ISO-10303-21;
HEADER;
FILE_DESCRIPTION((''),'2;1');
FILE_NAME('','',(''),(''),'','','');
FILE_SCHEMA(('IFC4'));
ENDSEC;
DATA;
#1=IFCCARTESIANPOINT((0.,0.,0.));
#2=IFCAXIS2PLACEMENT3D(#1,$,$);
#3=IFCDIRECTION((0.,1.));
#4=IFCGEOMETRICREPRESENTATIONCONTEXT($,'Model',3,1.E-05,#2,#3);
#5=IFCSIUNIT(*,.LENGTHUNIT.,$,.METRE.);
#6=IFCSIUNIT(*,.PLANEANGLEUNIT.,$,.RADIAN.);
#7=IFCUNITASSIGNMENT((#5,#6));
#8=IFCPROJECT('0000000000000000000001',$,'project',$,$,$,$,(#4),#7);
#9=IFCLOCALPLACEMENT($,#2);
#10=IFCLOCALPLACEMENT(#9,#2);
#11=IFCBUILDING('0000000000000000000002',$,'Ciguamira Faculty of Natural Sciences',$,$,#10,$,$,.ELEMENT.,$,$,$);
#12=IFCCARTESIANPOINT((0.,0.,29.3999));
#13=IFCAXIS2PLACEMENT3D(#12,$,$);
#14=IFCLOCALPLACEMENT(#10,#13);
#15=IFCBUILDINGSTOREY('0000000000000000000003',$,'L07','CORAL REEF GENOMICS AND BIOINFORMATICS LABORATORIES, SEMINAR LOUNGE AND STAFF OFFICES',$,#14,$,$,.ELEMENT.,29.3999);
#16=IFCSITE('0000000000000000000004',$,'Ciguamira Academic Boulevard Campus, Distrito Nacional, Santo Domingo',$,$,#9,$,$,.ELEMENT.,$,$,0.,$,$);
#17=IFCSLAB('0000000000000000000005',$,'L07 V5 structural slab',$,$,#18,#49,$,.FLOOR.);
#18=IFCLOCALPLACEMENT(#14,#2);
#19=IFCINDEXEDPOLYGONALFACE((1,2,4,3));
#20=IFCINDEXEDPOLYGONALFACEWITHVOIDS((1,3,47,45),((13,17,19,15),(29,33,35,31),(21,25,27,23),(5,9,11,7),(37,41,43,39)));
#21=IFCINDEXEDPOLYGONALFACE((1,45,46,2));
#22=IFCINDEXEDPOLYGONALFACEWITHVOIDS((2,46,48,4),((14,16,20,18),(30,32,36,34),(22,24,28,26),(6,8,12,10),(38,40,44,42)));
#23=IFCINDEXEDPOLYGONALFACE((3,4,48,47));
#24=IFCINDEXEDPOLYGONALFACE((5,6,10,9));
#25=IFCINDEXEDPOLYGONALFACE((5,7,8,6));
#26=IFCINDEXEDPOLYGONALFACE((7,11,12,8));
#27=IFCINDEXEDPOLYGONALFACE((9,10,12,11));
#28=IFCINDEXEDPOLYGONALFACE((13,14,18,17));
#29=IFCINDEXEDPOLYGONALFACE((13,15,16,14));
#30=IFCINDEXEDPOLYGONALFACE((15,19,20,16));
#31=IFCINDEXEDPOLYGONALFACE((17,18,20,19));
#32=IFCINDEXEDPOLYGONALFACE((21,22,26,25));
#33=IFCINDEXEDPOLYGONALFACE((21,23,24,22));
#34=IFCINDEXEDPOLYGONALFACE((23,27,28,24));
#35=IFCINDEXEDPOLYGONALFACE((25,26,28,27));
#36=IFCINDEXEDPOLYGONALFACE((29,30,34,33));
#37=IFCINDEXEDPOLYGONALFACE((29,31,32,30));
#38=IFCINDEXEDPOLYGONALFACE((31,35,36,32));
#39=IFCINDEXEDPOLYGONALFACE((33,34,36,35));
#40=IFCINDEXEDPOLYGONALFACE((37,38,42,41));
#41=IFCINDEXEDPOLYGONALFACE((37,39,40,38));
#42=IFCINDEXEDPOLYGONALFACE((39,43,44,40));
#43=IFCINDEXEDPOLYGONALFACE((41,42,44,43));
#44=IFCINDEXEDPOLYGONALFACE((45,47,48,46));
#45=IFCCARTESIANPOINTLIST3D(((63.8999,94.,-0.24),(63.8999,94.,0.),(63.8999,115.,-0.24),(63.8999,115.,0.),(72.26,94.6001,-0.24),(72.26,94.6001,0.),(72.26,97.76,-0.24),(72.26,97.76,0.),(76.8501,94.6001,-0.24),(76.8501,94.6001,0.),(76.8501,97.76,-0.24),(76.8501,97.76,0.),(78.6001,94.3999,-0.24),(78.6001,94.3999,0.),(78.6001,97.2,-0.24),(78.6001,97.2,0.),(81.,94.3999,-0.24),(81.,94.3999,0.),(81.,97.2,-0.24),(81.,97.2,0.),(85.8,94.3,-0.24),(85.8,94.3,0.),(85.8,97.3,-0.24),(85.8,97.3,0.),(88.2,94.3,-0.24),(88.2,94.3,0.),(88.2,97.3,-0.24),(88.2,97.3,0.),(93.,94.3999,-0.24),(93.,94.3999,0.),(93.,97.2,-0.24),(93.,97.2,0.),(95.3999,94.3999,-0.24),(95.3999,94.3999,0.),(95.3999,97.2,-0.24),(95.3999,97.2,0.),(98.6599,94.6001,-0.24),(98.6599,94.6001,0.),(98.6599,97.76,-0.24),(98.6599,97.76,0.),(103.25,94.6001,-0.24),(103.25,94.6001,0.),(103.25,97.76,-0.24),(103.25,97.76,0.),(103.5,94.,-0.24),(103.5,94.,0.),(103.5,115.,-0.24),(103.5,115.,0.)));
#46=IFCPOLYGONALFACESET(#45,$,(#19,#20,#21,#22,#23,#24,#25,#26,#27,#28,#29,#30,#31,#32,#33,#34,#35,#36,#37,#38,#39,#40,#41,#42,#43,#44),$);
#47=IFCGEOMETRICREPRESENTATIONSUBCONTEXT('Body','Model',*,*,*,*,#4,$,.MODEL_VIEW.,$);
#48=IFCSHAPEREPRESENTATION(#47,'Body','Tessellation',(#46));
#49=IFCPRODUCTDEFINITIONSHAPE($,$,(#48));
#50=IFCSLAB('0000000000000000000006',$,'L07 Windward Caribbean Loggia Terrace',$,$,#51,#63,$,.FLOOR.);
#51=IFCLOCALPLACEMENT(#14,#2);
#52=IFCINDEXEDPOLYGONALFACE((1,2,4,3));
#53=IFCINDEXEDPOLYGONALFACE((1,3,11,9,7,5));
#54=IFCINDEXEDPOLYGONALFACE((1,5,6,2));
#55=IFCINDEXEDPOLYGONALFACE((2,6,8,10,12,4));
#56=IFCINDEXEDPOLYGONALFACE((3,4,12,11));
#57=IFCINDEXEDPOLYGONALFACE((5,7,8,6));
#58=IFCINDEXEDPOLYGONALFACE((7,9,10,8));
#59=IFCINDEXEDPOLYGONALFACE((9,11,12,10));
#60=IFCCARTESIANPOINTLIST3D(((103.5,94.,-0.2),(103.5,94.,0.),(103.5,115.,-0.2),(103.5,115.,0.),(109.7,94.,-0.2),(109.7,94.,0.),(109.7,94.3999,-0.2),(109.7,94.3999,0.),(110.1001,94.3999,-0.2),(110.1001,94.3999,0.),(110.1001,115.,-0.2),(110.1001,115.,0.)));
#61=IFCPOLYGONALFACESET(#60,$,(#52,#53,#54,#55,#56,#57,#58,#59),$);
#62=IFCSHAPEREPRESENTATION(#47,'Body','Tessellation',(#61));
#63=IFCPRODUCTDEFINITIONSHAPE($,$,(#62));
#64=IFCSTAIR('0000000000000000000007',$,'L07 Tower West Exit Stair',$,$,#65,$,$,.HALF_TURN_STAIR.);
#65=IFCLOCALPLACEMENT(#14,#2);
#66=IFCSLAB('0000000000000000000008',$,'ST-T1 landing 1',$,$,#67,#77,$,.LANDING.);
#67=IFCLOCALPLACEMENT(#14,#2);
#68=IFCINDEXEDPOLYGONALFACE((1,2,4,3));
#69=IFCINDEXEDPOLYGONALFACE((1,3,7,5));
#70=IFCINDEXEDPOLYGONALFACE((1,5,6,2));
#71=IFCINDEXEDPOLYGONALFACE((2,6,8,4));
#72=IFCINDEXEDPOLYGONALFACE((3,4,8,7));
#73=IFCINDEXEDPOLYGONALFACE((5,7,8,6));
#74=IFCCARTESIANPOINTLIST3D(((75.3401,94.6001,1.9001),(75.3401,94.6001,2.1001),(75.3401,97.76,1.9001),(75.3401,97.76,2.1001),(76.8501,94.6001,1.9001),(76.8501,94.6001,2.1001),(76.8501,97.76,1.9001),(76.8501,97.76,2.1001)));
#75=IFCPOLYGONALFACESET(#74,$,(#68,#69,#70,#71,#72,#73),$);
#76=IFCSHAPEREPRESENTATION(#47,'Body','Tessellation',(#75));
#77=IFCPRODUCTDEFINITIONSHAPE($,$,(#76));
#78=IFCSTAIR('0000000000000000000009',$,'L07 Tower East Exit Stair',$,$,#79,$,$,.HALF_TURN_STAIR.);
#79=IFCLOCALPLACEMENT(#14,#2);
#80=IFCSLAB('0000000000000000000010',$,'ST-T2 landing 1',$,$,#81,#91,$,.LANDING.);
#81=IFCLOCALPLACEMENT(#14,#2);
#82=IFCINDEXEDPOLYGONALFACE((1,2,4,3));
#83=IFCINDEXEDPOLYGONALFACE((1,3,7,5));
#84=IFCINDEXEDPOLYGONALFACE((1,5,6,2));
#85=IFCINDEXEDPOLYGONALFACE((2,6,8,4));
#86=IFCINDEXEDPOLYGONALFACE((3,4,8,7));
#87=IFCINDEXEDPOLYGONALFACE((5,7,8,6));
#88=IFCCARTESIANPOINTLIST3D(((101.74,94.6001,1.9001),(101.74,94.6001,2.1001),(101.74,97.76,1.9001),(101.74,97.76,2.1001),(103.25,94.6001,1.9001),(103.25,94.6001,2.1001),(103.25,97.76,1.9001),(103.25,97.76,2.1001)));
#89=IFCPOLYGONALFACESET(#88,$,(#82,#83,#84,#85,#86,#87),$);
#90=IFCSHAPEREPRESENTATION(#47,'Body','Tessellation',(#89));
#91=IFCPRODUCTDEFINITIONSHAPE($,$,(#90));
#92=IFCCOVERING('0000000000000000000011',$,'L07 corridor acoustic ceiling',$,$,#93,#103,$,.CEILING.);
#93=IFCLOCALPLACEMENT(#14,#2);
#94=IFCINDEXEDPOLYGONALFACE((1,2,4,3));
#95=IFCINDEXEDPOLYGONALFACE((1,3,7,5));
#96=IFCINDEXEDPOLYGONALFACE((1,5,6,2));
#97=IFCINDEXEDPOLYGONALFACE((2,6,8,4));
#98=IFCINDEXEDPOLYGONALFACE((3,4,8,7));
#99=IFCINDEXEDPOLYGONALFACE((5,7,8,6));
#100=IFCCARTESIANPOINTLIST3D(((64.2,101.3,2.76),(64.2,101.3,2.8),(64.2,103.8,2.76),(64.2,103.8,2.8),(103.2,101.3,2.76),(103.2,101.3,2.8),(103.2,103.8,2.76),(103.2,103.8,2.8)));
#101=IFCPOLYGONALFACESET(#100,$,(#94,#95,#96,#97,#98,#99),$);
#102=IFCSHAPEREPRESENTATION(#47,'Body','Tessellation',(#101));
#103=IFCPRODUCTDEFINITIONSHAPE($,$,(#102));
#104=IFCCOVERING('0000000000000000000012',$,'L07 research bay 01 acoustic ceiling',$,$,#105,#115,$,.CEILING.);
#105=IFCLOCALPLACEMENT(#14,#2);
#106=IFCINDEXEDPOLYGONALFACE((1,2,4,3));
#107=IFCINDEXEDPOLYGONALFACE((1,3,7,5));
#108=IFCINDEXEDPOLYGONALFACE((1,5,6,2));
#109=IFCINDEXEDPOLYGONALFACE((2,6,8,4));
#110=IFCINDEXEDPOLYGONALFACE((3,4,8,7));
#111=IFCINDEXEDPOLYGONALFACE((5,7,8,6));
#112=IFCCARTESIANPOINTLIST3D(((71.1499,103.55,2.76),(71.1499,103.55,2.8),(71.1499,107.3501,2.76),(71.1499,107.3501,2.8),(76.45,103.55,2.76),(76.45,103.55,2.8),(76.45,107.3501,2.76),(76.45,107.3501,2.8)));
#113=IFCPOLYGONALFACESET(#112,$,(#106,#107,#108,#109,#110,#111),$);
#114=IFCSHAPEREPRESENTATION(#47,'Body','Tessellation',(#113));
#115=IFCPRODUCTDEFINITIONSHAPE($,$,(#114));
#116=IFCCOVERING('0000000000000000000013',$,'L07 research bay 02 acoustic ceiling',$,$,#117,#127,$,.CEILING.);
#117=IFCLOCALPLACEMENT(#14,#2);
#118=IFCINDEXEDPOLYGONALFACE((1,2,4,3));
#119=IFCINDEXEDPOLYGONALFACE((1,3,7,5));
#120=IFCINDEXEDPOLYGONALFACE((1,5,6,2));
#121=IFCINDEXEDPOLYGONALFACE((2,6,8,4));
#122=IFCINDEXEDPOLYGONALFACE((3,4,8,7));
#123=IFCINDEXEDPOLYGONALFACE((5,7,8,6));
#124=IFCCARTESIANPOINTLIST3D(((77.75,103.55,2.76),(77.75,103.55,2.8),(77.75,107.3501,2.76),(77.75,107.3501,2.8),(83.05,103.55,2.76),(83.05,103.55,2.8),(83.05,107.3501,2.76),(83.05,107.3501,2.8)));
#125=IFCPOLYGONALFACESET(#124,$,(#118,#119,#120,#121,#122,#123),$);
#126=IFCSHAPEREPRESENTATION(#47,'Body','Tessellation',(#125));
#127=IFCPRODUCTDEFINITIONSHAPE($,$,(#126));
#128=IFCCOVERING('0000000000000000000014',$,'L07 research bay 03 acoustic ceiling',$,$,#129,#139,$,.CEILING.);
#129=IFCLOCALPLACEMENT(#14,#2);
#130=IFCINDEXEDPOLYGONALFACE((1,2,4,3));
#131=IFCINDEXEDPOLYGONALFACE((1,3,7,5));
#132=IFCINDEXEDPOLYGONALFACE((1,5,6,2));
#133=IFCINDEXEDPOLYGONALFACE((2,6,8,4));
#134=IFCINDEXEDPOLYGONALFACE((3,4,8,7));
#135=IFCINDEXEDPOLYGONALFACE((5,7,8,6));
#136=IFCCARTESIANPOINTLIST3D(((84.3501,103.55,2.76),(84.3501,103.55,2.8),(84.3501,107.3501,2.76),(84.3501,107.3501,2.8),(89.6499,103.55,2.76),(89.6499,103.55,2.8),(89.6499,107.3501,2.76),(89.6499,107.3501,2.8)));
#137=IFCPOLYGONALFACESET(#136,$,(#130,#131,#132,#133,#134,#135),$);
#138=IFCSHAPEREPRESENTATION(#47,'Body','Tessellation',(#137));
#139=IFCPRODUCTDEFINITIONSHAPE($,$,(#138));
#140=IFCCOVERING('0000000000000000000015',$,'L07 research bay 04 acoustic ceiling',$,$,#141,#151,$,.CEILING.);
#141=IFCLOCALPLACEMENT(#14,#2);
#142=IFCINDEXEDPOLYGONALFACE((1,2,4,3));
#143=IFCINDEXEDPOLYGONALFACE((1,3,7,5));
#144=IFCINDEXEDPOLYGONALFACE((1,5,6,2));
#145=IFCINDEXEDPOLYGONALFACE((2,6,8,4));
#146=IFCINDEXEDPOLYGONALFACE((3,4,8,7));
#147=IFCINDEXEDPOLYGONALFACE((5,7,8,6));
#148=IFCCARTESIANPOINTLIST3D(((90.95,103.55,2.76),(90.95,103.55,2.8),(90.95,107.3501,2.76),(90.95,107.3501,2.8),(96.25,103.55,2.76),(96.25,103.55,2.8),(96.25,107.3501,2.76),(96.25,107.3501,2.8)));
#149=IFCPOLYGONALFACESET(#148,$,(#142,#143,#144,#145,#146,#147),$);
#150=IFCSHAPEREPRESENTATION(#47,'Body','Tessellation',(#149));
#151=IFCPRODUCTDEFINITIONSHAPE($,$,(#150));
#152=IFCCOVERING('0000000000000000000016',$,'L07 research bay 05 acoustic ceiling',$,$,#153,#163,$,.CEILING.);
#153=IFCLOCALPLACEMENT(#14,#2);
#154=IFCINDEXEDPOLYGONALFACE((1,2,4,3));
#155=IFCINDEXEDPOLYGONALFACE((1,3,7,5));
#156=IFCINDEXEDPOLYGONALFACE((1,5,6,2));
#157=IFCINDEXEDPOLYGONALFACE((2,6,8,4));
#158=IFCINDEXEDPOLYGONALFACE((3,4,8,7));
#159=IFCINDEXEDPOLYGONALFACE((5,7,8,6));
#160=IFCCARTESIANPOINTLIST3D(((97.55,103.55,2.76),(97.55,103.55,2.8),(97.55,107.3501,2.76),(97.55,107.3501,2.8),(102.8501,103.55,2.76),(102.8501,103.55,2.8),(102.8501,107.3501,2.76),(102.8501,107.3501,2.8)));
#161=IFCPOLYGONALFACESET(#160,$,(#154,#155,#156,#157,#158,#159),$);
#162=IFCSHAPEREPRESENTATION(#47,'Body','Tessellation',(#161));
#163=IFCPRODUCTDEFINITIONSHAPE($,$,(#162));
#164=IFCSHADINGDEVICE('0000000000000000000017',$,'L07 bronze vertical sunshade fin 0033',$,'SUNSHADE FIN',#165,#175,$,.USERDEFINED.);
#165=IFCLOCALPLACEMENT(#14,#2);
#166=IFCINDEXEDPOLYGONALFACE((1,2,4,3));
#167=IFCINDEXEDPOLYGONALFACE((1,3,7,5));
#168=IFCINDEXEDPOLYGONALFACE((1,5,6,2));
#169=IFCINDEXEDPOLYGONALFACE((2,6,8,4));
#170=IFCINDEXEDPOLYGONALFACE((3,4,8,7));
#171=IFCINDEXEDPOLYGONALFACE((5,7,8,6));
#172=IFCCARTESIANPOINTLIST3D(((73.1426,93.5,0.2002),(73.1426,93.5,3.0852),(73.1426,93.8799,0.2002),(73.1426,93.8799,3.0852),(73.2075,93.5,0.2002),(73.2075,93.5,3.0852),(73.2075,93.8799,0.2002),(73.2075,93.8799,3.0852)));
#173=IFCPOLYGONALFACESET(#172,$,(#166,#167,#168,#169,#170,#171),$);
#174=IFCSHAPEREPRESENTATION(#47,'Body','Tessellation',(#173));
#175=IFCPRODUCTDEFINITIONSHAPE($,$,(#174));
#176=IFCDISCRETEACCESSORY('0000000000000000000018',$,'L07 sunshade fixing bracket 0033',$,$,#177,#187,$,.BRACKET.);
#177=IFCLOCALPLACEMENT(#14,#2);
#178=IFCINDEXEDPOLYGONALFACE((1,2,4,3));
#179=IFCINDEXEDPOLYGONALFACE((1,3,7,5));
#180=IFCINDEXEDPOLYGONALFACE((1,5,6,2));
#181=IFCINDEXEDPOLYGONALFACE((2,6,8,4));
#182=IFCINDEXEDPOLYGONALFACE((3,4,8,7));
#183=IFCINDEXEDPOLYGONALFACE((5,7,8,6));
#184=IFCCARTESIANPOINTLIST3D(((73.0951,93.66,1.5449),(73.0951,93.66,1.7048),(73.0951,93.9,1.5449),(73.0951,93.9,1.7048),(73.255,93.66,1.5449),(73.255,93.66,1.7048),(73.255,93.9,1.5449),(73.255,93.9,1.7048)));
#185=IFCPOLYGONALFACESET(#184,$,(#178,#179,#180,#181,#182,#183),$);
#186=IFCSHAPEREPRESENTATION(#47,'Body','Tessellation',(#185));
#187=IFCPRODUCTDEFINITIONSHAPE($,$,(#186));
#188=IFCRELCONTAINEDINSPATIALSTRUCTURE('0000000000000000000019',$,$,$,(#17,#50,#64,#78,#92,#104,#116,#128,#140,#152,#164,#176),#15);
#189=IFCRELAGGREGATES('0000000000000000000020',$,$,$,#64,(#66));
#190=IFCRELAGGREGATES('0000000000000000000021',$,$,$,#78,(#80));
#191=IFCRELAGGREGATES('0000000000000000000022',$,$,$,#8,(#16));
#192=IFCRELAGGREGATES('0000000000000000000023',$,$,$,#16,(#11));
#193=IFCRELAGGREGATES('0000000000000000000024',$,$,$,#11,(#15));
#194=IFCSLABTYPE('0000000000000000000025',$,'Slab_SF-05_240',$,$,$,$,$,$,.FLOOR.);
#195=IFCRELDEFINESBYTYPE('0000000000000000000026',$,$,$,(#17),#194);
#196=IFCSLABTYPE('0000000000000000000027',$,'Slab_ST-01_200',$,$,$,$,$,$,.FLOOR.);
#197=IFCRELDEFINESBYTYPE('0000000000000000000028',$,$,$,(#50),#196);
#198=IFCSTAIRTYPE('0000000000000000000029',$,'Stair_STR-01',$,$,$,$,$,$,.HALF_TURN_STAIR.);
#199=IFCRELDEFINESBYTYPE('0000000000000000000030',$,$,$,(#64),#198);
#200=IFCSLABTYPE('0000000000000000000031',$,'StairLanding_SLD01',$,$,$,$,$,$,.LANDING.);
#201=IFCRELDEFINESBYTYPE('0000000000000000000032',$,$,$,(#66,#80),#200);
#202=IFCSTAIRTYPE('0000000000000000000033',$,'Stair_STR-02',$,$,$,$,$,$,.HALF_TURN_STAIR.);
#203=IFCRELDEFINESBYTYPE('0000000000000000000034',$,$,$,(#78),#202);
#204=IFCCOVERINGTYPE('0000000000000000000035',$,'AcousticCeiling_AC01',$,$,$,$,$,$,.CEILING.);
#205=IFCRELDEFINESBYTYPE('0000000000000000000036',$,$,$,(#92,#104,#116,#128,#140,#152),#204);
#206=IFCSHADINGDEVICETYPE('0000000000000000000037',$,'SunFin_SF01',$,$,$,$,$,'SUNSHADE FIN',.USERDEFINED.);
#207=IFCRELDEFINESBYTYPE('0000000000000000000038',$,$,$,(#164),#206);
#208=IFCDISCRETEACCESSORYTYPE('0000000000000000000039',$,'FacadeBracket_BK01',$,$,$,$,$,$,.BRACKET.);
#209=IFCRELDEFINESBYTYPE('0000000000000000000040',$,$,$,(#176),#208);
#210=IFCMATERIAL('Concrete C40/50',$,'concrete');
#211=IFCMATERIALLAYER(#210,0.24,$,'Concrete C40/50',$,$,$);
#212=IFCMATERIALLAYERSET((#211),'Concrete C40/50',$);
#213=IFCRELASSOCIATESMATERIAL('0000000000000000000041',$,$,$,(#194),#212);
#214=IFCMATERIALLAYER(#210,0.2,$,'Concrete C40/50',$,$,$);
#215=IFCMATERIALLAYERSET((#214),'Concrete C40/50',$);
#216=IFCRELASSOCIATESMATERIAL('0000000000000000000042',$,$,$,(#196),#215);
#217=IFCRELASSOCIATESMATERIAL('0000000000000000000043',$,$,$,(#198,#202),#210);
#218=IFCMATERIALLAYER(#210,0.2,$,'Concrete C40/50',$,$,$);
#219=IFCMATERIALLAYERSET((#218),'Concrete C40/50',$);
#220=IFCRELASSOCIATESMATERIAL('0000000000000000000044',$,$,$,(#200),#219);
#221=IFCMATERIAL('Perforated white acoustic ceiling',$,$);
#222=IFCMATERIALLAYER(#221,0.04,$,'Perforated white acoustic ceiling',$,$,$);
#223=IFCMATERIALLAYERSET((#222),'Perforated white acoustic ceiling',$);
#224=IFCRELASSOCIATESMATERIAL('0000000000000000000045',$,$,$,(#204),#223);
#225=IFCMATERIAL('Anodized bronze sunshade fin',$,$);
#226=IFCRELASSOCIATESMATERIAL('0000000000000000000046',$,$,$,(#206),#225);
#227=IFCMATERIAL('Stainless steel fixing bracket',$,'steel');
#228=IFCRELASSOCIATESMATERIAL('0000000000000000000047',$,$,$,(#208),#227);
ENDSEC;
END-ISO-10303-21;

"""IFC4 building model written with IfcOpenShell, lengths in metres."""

from ifc_helpers import new_model, si_unit, direction, frame, origin, origin_2d, place, context, subcontext, project, spatial, polyline, rectangle, outline, extrude, material, layer, layer_set, material_profile, profile_set, type_object, element, aggregate, save


model = new_model("IFC4")

# Units and contexts
model_context = context("Model", 3, precision=1e-05, world=origin(), true_north=direction((0.0, 1.0)))
body_context = subcontext(model_context, "Body", "Model", "MODEL_VIEW")
ifc_project = project(units=[si_unit("LENGTHUNIT", "METRE"), si_unit("PLANEANGLEUNIT", "RADIAN")], contexts=[model_context])

# Site, building, storey
site_placement = place(None, origin())
site = spatial("IfcSite", under=ifc_project, at=site_placement, Name="Ciguamira Academic Boulevard Campus, Distrito Nacional, Santo Domingo", CompositionType="ELEMENT", RefElevation=0.0)
building_placement = place(site_placement, origin())
building = spatial("IfcBuilding", under=site, at=building_placement, Name="Ciguamira Faculty of Natural Sciences", CompositionType="ELEMENT")
storey_placement = place(building_placement, frame((0.0, 0.0, 29.3999)))
storey = spatial("IfcBuildingStorey", under=building, at=storey_placement, Name="L07", Description="CORAL REEF GENOMICS AND BIOINFORMATICS LABORATORIES, SEMINAR LOUNGE AND STAFF OFFICES", CompositionType="ELEMENT", Elevation=29.3999)

# Shared definitions
ifc_material_1 = material(Name="Concrete C40/50", Category="concrete")

# Slabs
ifc_layer_1 = layer(ifc_material_1, 0.24, Name="Concrete C40/50")
ifc_layer_set_1 = layer_set([ifc_layer_1], Name="Concrete C40/50")
slab_type_1 = type_object("IfcSlabType", Name="Slab_SF-05_240", PredefinedType="FLOOR", material=ifc_layer_set_1)
slab_1_placement = place(storey_placement, frame((0.0, 0.0, -0.24)))
element("IfcSlab", 1, at=slab_1_placement, inside=storey, type_object=slab_type_1, Name="L07 V5 structural slab", PredefinedType="FLOOR", context=body_context, shape_type="SweptSolid", body=[
    extrude(outline(polyline([(63.8999, 94.0), (103.5, 94.0), (103.5, 115.0), (63.8999, 115.0), (63.8999, 94.0)]), holes=[polyline([(72.26, 94.6001), (76.8501, 94.6001), (76.8501, 97.76), (72.26, 97.76), (72.26, 94.6001)]), polyline([(98.6599, 94.6001), (103.25, 94.6001), (103.25, 97.76), (98.6599, 97.76), (98.6599, 94.6001)]), polyline([(78.6001, 94.3999), (81.0, 94.3999), (81.0, 97.2), (78.6001, 97.2), (78.6001, 94.3999)]), polyline([(93.0, 94.3999), (95.3999, 94.3999), (95.3999, 97.2), (93.0, 97.2), (93.0, 94.3999)]), polyline([(85.8, 94.3), (88.2, 94.3), (88.2, 97.3), (85.8, 97.3), (85.8, 94.3)])]), origin(), (0.0, 0.0, 1.0), 0.24),
])
ifc_layer_2 = layer(ifc_material_1, 0.2, Name="Concrete C40/50")
ifc_layer_set_2 = layer_set([ifc_layer_2], Name="Concrete C40/50")
slab_type_2 = type_object("IfcSlabType", Name="Slab_ST-01_200", PredefinedType="FLOOR", material=ifc_layer_set_2)
slab_2_placement = place(storey_placement, frame((0.0, 0.0, -0.2)))
element("IfcSlab", 2, at=slab_2_placement, inside=storey, type_object=slab_type_2, Name="L07 Windward Caribbean Loggia Terrace", PredefinedType="FLOOR", context=body_context, shape_type="SweptSolid", body=[
    extrude(outline(polyline([(103.5, 94.0), (109.7, 94.0), (109.7, 94.3999), (110.1001, 94.3999), (110.1001, 115.0), (103.5, 115.0), (103.5, 94.0)])), origin(), (0.0, 0.0, 1.0), 0.2),
])

# Stairs, slabs
stair_type_1 = type_object("IfcStairType", Name="Stair_STR-01", PredefinedType="HALF_TURN_STAIR", material=ifc_material_1)
stair_1_placement = place(storey_placement, origin())
stair_1 = element("IfcStair", 3, at=stair_1_placement, inside=storey, type_object=stair_type_1, Name="L07 Tower West Exit Stair", PredefinedType="HALF_TURN_STAIR")
ifc_layer_3 = layer(ifc_material_1, 0.2, Name="Concrete C40/50")
ifc_layer_set_3 = layer_set([ifc_layer_3], Name="Concrete C40/50")
slab_type_3 = type_object("IfcSlabType", Name="StairLanding_SLD01", PredefinedType="LANDING", material=ifc_layer_set_3)
slab_3_placement = place(storey_placement, frame((0.0, 0.0, 1.9001)))
slab_3 = element("IfcSlab", 4, at=slab_3_placement, type_object=slab_type_3, Name="ST-T1 landing 1", PredefinedType="LANDING", context=body_context, shape_type="SweptSolid", body=[
    extrude(outline(polyline([(75.3401, 94.6001), (76.8501, 94.6001), (76.8501, 97.76), (75.3401, 97.76), (75.3401, 94.6001)])), origin(), (0.0, 0.0, 1.0), 0.2),
])
aggregate(stair_1, [slab_3])
stair_type_2 = type_object("IfcStairType", Name="Stair_STR-02", PredefinedType="HALF_TURN_STAIR", material=ifc_material_1)
stair_2_placement = place(storey_placement, origin())
stair_2 = element("IfcStair", 5, at=stair_2_placement, inside=storey, type_object=stair_type_2, Name="L07 Tower East Exit Stair", PredefinedType="HALF_TURN_STAIR")
slab_4_placement = place(storey_placement, frame((0.0, 0.0, 1.9001)))
slab_4 = element("IfcSlab", 6, at=slab_4_placement, type_object=slab_type_3, Name="ST-T2 landing 1", PredefinedType="LANDING", context=body_context, shape_type="SweptSolid", body=[
    extrude(outline(polyline([(101.74, 94.6001), (103.25, 94.6001), (103.25, 97.76), (101.74, 97.76), (101.74, 94.6001)])), origin(), (0.0, 0.0, 1.0), 0.2),
])
aggregate(stair_2, [slab_4])

# Coverings
ifc_material_2 = material(Name="Perforated white acoustic ceiling")
ifc_layer_4 = layer(ifc_material_2, 0.04, Name="Perforated white acoustic ceiling")
ifc_layer_set_4 = layer_set([ifc_layer_4], Name="Perforated white acoustic ceiling")
covering_type = type_object("IfcCoveringType", Name="AcousticCeiling_AC01", PredefinedType="CEILING", material=ifc_layer_set_4)
covering_1_placement = place(storey_placement, frame((0.0, 0.0, 2.76)))
element("IfcCovering", 7, at=covering_1_placement, inside=storey, type_object=covering_type, Name="L07 corridor acoustic ceiling", PredefinedType="CEILING", context=body_context, shape_type="SweptSolid", body=[
    extrude(outline(polyline([(64.2, 101.3), (103.2, 101.3), (103.2, 103.8), (64.2, 103.8), (64.2, 101.3)])), origin(), (0.0, 0.0, 1.0), 0.04),
])
covering_2_placement = place(storey_placement, frame((0.0, 0.0, 2.76)))
element("IfcCovering", 8, at=covering_2_placement, inside=storey, type_object=covering_type, Name="L07 research bay 01 acoustic ceiling", PredefinedType="CEILING", context=body_context, shape_type="SweptSolid", body=[
    extrude(outline(polyline([(71.1499, 103.55), (76.45, 103.55), (76.45, 107.3501), (71.1499, 107.3501), (71.1499, 103.55)])), origin(), (0.0, 0.0, 1.0), 0.04),
])
covering_3_placement = place(storey_placement, frame((0.0, 0.0, 2.76)))
element("IfcCovering", 9, at=covering_3_placement, inside=storey, type_object=covering_type, Name="L07 research bay 02 acoustic ceiling", PredefinedType="CEILING", context=body_context, shape_type="SweptSolid", body=[
    extrude(outline(polyline([(77.75, 103.55), (83.05, 103.55), (83.05, 107.3501), (77.75, 107.3501), (77.75, 103.55)])), origin(), (0.0, 0.0, 1.0), 0.04),
])
covering_4_placement = place(storey_placement, frame((0.0, 0.0, 2.76)))
element("IfcCovering", 10, at=covering_4_placement, inside=storey, type_object=covering_type, Name="L07 research bay 03 acoustic ceiling", PredefinedType="CEILING", context=body_context, shape_type="SweptSolid", body=[
    extrude(outline(polyline([(84.3501, 103.55), (89.6499, 103.55), (89.6499, 107.3501), (84.3501, 107.3501), (84.3501, 103.55)])), origin(), (0.0, 0.0, 1.0), 0.04),
])
covering_5_placement = place(storey_placement, frame((0.0, 0.0, 2.76)))
element("IfcCovering", 11, at=covering_5_placement, inside=storey, type_object=covering_type, Name="L07 research bay 04 acoustic ceiling", PredefinedType="CEILING", context=body_context, shape_type="SweptSolid", body=[
    extrude(outline(polyline([(90.95, 103.55), (96.25, 103.55), (96.25, 107.3501), (90.95, 107.3501), (90.95, 103.55)])), origin(), (0.0, 0.0, 1.0), 0.04),
])
covering_6_placement = place(storey_placement, frame((0.0, 0.0, 2.76)))
element("IfcCovering", 12, at=covering_6_placement, inside=storey, type_object=covering_type, Name="L07 research bay 05 acoustic ceiling", PredefinedType="CEILING", context=body_context, shape_type="SweptSolid", body=[
    extrude(outline(polyline([(97.55, 103.55), (102.8501, 103.55), (102.8501, 107.3501), (97.55, 107.3501), (97.55, 103.55)])), origin(), (0.0, 0.0, 1.0), 0.04),
])

# Shading device
ifc_material_3 = material(Name="Anodized bronze sunshade fin")
ifc_material_profile_1 = material_profile(ifc_material_3, rectangle(XDim=0.0649, YDim=0.3799, at=origin_2d()), Name="BRZ-FIN-65X380")
ifc_profile_set_1 = profile_set([ifc_material_profile_1], Name="Anodized bronze sunshade fin")
shading_device_type = type_object("IfcShadingDeviceType", Name="SunFin_SF01", ElementType="SUNSHADE FIN", PredefinedType="USERDEFINED", material=ifc_profile_set_1)
shading_device_placement = place(storey_placement, frame((73.175, 93.6899, 0.2002), z_axis=(0.0, 0.0, 1.0), x_axis=(1.0, 0.0, 0.0)))
element("IfcShadingDevice", 13, at=shading_device_placement, inside=storey, type_object=shading_device_type, Name="L07 bronze vertical sunshade fin 0033", ObjectType="SUNSHADE FIN", PredefinedType="USERDEFINED", context=body_context, shape_type="SweptSolid", body=[
    extrude(rectangle(XDim=0.0649, YDim=0.3799, at=origin_2d()), origin(), (0.0, 0.0, 1.0), 2.885),
])

# Discrete accessory
ifc_material_4 = material(Name="Stainless steel fixing bracket", Category="steel")
discrete_accessory_type = type_object("IfcDiscreteAccessoryType", Name="FacadeBracket_BK01", PredefinedType="BRACKET", material=ifc_material_4)
discrete_accessory_placement = place(storey_placement, frame((73.175, 93.78, 1.5449), z_axis=(0.0, 0.0, 1.0), x_axis=(1.0, 0.0, 0.0)))
element("IfcDiscreteAccessory", 14, at=discrete_accessory_placement, inside=storey, type_object=discrete_accessory_type, Name="L07 sunshade fixing bracket 0033", PredefinedType="BRACKET", context=body_context, shape_type="SweptSolid", body=[
    extrude(rectangle(XDim=0.1599, YDim=0.24, at=origin_2d()), origin(), (0.0, 0.0, 1.0), 0.1599),
])

save(model, "model.ifc")
